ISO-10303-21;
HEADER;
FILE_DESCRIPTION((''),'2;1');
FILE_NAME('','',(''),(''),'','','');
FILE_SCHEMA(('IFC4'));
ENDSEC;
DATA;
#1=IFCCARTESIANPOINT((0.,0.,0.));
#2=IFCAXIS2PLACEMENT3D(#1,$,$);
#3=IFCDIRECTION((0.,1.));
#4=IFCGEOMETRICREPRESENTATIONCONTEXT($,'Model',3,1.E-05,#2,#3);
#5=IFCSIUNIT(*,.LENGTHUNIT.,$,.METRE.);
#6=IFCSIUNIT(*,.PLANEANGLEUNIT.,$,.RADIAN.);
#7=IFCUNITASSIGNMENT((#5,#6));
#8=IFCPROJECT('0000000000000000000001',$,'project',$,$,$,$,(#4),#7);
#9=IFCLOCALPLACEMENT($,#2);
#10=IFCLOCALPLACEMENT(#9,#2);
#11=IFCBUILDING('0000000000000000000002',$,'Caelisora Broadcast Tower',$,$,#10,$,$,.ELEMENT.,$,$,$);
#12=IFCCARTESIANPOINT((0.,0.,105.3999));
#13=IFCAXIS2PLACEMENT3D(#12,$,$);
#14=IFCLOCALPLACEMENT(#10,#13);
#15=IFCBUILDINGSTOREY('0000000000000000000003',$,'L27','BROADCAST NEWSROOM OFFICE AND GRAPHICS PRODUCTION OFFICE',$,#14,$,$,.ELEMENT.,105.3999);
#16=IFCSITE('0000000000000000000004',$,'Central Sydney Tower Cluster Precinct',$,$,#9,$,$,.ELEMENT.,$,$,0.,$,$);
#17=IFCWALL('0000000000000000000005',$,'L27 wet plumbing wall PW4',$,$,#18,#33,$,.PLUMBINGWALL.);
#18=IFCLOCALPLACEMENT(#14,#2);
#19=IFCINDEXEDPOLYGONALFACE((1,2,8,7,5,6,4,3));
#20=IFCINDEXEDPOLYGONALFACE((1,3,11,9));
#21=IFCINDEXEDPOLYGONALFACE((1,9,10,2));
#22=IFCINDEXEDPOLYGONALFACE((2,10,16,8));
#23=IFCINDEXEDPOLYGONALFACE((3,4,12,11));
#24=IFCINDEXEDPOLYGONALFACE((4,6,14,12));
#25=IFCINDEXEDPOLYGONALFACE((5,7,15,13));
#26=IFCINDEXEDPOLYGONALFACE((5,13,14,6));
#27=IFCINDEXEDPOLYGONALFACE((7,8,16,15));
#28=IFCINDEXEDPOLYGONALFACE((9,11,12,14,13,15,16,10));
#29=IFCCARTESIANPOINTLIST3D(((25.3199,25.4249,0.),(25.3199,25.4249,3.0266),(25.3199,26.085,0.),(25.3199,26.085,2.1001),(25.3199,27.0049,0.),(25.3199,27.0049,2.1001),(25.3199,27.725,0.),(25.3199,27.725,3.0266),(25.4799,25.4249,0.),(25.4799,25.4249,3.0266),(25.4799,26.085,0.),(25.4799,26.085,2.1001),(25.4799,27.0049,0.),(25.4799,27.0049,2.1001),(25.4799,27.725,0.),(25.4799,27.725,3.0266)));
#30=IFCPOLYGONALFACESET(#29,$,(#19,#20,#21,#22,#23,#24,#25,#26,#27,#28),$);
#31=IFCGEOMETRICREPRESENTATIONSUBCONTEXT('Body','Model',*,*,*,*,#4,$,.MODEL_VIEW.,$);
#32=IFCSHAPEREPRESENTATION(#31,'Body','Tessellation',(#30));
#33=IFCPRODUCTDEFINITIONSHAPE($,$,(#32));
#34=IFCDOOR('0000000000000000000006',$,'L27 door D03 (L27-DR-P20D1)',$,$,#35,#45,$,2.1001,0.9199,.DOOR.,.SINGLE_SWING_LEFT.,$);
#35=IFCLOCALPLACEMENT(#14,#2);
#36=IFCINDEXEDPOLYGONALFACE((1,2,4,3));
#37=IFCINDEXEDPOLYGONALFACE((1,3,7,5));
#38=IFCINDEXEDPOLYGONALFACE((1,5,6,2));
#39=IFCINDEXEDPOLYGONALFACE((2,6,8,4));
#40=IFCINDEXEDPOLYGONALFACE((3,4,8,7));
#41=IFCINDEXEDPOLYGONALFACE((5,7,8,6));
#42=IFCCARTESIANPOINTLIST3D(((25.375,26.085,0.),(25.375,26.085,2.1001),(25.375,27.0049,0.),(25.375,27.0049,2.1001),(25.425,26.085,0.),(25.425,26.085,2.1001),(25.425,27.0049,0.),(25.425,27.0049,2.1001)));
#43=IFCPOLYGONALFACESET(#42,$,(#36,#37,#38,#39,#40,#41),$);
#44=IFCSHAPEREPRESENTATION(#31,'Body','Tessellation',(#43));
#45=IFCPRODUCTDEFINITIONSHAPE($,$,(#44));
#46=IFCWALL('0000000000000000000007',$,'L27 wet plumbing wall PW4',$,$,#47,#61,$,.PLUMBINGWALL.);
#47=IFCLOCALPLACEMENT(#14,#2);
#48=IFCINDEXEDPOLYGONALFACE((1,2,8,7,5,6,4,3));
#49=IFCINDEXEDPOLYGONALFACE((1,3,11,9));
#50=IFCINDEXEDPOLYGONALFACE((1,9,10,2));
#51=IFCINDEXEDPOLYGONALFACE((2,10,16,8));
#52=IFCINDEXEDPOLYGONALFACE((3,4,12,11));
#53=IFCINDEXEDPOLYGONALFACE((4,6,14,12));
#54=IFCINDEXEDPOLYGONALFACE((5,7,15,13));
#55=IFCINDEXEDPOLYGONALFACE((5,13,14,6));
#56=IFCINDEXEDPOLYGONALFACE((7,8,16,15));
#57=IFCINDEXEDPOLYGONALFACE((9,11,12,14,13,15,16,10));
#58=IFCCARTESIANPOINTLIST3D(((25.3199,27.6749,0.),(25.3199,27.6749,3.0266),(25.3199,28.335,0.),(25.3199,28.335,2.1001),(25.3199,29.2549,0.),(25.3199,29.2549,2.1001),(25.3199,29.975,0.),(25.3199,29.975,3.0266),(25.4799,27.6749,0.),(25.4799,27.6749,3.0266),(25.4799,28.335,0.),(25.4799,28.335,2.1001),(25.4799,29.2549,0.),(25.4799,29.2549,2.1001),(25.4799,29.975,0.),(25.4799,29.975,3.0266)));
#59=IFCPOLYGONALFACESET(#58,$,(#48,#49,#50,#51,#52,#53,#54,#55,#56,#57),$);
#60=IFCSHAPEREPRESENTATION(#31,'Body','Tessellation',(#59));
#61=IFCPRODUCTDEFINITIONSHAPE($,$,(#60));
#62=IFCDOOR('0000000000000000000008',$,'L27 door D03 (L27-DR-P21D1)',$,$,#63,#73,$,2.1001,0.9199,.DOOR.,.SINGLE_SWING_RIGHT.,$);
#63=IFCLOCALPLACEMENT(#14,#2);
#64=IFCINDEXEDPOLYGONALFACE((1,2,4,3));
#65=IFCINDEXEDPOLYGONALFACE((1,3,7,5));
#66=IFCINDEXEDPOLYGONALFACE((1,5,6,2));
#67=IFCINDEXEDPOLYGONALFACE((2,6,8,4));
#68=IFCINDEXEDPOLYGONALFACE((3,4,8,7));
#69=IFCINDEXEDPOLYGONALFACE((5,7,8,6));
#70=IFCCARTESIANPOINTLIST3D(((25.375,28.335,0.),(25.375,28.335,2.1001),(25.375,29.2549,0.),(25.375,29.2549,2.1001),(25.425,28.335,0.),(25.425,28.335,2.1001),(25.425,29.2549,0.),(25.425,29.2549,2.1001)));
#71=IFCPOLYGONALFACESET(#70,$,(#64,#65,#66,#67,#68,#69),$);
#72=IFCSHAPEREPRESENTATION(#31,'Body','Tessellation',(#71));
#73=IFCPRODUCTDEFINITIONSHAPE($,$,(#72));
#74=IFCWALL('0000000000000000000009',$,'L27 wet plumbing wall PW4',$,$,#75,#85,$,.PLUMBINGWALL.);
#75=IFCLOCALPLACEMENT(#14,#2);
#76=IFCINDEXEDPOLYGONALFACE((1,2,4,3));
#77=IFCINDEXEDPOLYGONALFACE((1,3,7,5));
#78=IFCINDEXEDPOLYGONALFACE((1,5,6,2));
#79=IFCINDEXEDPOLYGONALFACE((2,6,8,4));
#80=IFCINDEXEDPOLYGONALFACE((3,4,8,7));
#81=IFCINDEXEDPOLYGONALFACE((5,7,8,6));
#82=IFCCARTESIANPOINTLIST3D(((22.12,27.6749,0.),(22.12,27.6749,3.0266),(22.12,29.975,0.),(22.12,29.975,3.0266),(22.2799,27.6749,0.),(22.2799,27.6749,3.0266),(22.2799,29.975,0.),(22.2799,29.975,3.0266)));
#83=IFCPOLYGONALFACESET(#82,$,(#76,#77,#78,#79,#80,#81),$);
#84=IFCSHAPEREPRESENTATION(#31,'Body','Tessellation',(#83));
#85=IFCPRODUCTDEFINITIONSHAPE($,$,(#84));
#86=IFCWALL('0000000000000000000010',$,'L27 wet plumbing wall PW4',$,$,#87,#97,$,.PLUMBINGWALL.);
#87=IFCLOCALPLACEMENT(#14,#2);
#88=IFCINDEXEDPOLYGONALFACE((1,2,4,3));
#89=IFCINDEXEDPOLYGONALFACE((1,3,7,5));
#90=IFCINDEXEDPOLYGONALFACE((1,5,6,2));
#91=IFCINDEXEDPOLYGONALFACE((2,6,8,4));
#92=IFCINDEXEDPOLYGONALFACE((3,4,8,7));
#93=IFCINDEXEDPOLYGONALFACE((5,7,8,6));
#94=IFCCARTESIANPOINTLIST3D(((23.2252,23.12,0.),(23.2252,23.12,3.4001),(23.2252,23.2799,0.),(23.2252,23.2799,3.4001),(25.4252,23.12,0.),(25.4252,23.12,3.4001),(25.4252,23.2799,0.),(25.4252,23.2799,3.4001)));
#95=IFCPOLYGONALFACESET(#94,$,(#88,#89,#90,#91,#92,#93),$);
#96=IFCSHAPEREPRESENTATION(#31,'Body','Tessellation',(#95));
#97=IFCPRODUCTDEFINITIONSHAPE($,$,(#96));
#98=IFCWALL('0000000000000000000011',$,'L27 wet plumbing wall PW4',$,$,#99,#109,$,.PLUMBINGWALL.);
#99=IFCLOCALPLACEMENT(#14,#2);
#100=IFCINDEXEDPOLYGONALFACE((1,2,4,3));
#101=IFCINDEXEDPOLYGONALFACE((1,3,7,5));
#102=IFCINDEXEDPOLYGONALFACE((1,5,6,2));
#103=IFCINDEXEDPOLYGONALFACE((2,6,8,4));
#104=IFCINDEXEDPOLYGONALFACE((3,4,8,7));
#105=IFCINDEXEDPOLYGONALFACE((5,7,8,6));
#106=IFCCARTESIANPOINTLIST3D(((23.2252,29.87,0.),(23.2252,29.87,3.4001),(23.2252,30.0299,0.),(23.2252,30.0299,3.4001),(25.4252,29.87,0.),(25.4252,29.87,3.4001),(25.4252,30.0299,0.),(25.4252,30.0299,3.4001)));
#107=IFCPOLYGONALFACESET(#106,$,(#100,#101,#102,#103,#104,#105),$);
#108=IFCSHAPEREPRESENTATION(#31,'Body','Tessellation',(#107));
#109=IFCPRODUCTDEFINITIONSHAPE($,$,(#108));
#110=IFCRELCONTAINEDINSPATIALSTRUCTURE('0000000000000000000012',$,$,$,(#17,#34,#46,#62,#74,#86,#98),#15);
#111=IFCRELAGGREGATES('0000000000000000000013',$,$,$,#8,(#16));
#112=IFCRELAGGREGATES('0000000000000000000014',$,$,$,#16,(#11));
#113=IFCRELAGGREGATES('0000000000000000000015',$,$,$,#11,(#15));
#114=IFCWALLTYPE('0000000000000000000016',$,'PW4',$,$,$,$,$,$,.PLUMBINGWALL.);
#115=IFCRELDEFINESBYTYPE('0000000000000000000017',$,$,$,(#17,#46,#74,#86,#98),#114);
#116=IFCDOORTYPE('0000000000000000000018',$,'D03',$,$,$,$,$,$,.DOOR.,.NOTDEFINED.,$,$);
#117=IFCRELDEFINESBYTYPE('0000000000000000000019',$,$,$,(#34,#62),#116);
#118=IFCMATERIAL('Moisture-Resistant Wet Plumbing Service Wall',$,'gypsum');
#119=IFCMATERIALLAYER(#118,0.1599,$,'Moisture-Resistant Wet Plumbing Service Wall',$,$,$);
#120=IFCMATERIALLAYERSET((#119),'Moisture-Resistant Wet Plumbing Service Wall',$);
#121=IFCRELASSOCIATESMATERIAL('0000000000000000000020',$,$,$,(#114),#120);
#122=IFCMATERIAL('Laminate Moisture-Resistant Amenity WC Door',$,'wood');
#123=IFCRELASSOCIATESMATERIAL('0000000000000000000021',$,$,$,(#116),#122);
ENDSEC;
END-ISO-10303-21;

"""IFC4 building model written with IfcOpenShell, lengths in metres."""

from ifc_helpers import new_model, si_unit, direction, frame, frame_2d, origin, place, context, subcontext, project, spatial, rectangle, extrude, material, layer, layer_set, type_object, element, fill, save


model = new_model("IFC4")

# Units and contexts
model_context = context("Model", 3, precision=1e-05, world=origin(), true_north=direction((0.0, 1.0)))
body_context = subcontext(model_context, "Body", "Model", "MODEL_VIEW")
ifc_project = project(units=[si_unit("LENGTHUNIT", "METRE"), si_unit("PLANEANGLEUNIT", "RADIAN")], contexts=[model_context])

# Site, building, storey
site_placement = place(None, origin())
site = spatial("IfcSite", under=ifc_project, at=site_placement, Name="Central Sydney Tower Cluster Precinct", CompositionType="ELEMENT", RefElevation=0.0)
building_placement = place(site_placement, origin())
building = spatial("IfcBuilding", under=site, at=building_placement, Name="Caelisora Broadcast Tower", CompositionType="ELEMENT")
storey_placement = place(building_placement, frame((0.0, 0.0, 105.3999)))
storey = spatial("IfcBuildingStorey", under=building, at=storey_placement, Name="L27", Description="BROADCAST NEWSROOM OFFICE AND GRAPHICS PRODUCTION OFFICE", CompositionType="ELEMENT", Elevation=105.3999)

# Walls, openings, doors
ifc_material_1 = material(Name="Moisture-Resistant Wet Plumbing Service Wall", Category="gypsum")
ifc_layer_1 = layer(ifc_material_1, 0.1599, Name="Moisture-Resistant Wet Plumbing Service Wall")
ifc_layer_set_1 = layer_set([ifc_layer_1], Name="Moisture-Resistant Wet Plumbing Service Wall")
wall_type_1 = type_object("IfcWallType", Name="PW4", PredefinedType="PLUMBINGWALL", material=ifc_layer_set_1)
ifc_material_2 = material(Name="Laminate Moisture-Resistant Amenity WC Door", Category="wood")
door_type_1 = type_object("IfcDoorType", Name="D03", OperationType="NOTDEFINED", PredefinedType="DOOR", material=ifc_material_2)
wall_1_placement = place(storey_placement, frame((25.3999, 25.425, 0.0), z_axis=(0.0, 0.0, 1.0), x_axis=(0.0, 1.0, 0.0)))
wall_1 = element("IfcWall", 1, at=wall_1_placement, inside=storey, type_object=wall_type_1, Name="L27 wet plumbing wall PW4", PredefinedType="PLUMBINGWALL", context=body_context, shape_type="SweptSolid", body=[
    extrude(rectangle(XDim=2.3, YDim=0.1599, at=frame_2d((1.1499, 0.0))), origin(), (0.0, 0.0, 1.0), 3.0266),
])
opening_1_placement = place(wall_1_placement, frame((0.6599, 0.0, 0.0)))
opening_1 = element("IfcOpeningElement", 2, at=opening_1_placement, cuts=wall_1, PredefinedType="OPENING", context=body_context, shape_type="SweptSolid", body=[
    extrude(rectangle(XDim=0.9199, YDim=2.1001, at=frame_2d((0.46, 1.05))), frame((0.0, 0.092, 0.0), z_axis=(0.0, -1.0, 0.0), x_axis=(1.0, 0.0, 0.0)), (0.0, 0.0, 1.0), 0.1838),
])
door_1_placement = place(opening_1_placement, origin())
door_1 = element("IfcDoor", 3, at=door_1_placement, inside=storey, type_object=door_type_1, Name="L27 door D03 (L27-DR-P20D1)", OperationType="SINGLE_SWING_LEFT", OverallHeight=2.1001, OverallWidth=0.9199, PredefinedType="DOOR", context=body_context, shape_type="SweptSolid", body=[
    extrude(rectangle(XDim=0.9199, YDim=2.1001, at=frame_2d((0.46, 1.05))), frame((0.0, 0.0249, 0.0), z_axis=(0.0, -1.0, 0.0), x_axis=(1.0, 0.0, 0.0)), (0.0, 0.0, 1.0), 0.05),
])
fill(opening_1, door_1)
wall_2_placement = place(storey_placement, frame((25.3999, 27.675, 0.0), z_axis=(0.0, 0.0, 1.0), x_axis=(0.0, 1.0, 0.0)))
wall_2 = element("IfcWall", 4, at=wall_2_placement, inside=storey, type_object=wall_type_1, Name="L27 wet plumbing wall PW4", PredefinedType="PLUMBINGWALL", context=body_context, shape_type="SweptSolid", body=[
    extrude(rectangle(XDim=2.3, YDim=0.1599, at=frame_2d((1.1499, 0.0))), origin(), (0.0, 0.0, 1.0), 3.0266),
])
opening_2_placement = place(wall_2_placement, frame((0.6599, 0.0, 0.0)))
opening_2 = element("IfcOpeningElement", 5, at=opening_2_placement, cuts=wall_2, PredefinedType="OPENING", context=body_context, shape_type="SweptSolid", body=[
    extrude(rectangle(XDim=0.9199, YDim=2.1001, at=frame_2d((0.46, 1.05))), frame((0.0, 0.092, 0.0), z_axis=(0.0, -1.0, 0.0), x_axis=(1.0, 0.0, 0.0)), (0.0, 0.0, 1.0), 0.1838),
])
door_2_placement = place(opening_2_placement, origin())
door_2 = element("IfcDoor", 6, at=door_2_placement, inside=storey, type_object=door_type_1, Name="L27 door D03 (L27-DR-P21D1)", OperationType="SINGLE_SWING_RIGHT", OverallHeight=2.1001, OverallWidth=0.9199, PredefinedType="DOOR", context=body_context, shape_type="SweptSolid", body=[
    extrude(rectangle(XDim=0.9199, YDim=2.1001, at=frame_2d((0.46, 1.05))), frame((0.0, 0.0249, 0.0), z_axis=(0.0, -1.0, 0.0), x_axis=(1.0, 0.0, 0.0)), (0.0, 0.0, 1.0), 0.05),
])
fill(opening_2, door_2)

# Walls
wall_3_placement = place(storey_placement, frame((22.2, 27.675, 0.0), z_axis=(0.0, 0.0, 1.0), x_axis=(0.0, 1.0, 0.0)))
element("IfcWall", 7, at=wall_3_placement, inside=storey, type_object=wall_type_1, Name="L27 wet plumbing wall PW4", PredefinedType="PLUMBINGWALL", context=body_context, shape_type="SweptSolid", body=[
    extrude(rectangle(XDim=2.3, YDim=0.1599, at=frame_2d((1.1499, 0.0))), origin(), (0.0, 0.0, 1.0), 3.0266),
])
for number, where, z_axis, x_axis, name in (
    (8, (23.2251, 23.2, 0.0), (0.0, 0.0, 1.0), (1.0, 0.0, 0.0), "L27 wet plumbing wall PW4"),
    (9, (23.2251, 29.95, 0.0), (0.0, 0.0, 1.0), (1.0, 0.0, 0.0), "L27 wet plumbing wall PW4"),
):
    element("IfcWall", number, at=place(storey_placement, frame(where, z_axis=z_axis, x_axis=x_axis)), inside=storey, type_object=wall_type_1, Name=name, PredefinedType="PLUMBINGWALL", context=body_context, shape_type="SweptSolid", body=[
        extrude(rectangle(XDim=2.2, YDim=0.1599, at=frame_2d((1.1001, 0.0))), origin(), (0.0, 0.0, 1.0), 3.4001),
    ])

save(model, "model.ifc")
